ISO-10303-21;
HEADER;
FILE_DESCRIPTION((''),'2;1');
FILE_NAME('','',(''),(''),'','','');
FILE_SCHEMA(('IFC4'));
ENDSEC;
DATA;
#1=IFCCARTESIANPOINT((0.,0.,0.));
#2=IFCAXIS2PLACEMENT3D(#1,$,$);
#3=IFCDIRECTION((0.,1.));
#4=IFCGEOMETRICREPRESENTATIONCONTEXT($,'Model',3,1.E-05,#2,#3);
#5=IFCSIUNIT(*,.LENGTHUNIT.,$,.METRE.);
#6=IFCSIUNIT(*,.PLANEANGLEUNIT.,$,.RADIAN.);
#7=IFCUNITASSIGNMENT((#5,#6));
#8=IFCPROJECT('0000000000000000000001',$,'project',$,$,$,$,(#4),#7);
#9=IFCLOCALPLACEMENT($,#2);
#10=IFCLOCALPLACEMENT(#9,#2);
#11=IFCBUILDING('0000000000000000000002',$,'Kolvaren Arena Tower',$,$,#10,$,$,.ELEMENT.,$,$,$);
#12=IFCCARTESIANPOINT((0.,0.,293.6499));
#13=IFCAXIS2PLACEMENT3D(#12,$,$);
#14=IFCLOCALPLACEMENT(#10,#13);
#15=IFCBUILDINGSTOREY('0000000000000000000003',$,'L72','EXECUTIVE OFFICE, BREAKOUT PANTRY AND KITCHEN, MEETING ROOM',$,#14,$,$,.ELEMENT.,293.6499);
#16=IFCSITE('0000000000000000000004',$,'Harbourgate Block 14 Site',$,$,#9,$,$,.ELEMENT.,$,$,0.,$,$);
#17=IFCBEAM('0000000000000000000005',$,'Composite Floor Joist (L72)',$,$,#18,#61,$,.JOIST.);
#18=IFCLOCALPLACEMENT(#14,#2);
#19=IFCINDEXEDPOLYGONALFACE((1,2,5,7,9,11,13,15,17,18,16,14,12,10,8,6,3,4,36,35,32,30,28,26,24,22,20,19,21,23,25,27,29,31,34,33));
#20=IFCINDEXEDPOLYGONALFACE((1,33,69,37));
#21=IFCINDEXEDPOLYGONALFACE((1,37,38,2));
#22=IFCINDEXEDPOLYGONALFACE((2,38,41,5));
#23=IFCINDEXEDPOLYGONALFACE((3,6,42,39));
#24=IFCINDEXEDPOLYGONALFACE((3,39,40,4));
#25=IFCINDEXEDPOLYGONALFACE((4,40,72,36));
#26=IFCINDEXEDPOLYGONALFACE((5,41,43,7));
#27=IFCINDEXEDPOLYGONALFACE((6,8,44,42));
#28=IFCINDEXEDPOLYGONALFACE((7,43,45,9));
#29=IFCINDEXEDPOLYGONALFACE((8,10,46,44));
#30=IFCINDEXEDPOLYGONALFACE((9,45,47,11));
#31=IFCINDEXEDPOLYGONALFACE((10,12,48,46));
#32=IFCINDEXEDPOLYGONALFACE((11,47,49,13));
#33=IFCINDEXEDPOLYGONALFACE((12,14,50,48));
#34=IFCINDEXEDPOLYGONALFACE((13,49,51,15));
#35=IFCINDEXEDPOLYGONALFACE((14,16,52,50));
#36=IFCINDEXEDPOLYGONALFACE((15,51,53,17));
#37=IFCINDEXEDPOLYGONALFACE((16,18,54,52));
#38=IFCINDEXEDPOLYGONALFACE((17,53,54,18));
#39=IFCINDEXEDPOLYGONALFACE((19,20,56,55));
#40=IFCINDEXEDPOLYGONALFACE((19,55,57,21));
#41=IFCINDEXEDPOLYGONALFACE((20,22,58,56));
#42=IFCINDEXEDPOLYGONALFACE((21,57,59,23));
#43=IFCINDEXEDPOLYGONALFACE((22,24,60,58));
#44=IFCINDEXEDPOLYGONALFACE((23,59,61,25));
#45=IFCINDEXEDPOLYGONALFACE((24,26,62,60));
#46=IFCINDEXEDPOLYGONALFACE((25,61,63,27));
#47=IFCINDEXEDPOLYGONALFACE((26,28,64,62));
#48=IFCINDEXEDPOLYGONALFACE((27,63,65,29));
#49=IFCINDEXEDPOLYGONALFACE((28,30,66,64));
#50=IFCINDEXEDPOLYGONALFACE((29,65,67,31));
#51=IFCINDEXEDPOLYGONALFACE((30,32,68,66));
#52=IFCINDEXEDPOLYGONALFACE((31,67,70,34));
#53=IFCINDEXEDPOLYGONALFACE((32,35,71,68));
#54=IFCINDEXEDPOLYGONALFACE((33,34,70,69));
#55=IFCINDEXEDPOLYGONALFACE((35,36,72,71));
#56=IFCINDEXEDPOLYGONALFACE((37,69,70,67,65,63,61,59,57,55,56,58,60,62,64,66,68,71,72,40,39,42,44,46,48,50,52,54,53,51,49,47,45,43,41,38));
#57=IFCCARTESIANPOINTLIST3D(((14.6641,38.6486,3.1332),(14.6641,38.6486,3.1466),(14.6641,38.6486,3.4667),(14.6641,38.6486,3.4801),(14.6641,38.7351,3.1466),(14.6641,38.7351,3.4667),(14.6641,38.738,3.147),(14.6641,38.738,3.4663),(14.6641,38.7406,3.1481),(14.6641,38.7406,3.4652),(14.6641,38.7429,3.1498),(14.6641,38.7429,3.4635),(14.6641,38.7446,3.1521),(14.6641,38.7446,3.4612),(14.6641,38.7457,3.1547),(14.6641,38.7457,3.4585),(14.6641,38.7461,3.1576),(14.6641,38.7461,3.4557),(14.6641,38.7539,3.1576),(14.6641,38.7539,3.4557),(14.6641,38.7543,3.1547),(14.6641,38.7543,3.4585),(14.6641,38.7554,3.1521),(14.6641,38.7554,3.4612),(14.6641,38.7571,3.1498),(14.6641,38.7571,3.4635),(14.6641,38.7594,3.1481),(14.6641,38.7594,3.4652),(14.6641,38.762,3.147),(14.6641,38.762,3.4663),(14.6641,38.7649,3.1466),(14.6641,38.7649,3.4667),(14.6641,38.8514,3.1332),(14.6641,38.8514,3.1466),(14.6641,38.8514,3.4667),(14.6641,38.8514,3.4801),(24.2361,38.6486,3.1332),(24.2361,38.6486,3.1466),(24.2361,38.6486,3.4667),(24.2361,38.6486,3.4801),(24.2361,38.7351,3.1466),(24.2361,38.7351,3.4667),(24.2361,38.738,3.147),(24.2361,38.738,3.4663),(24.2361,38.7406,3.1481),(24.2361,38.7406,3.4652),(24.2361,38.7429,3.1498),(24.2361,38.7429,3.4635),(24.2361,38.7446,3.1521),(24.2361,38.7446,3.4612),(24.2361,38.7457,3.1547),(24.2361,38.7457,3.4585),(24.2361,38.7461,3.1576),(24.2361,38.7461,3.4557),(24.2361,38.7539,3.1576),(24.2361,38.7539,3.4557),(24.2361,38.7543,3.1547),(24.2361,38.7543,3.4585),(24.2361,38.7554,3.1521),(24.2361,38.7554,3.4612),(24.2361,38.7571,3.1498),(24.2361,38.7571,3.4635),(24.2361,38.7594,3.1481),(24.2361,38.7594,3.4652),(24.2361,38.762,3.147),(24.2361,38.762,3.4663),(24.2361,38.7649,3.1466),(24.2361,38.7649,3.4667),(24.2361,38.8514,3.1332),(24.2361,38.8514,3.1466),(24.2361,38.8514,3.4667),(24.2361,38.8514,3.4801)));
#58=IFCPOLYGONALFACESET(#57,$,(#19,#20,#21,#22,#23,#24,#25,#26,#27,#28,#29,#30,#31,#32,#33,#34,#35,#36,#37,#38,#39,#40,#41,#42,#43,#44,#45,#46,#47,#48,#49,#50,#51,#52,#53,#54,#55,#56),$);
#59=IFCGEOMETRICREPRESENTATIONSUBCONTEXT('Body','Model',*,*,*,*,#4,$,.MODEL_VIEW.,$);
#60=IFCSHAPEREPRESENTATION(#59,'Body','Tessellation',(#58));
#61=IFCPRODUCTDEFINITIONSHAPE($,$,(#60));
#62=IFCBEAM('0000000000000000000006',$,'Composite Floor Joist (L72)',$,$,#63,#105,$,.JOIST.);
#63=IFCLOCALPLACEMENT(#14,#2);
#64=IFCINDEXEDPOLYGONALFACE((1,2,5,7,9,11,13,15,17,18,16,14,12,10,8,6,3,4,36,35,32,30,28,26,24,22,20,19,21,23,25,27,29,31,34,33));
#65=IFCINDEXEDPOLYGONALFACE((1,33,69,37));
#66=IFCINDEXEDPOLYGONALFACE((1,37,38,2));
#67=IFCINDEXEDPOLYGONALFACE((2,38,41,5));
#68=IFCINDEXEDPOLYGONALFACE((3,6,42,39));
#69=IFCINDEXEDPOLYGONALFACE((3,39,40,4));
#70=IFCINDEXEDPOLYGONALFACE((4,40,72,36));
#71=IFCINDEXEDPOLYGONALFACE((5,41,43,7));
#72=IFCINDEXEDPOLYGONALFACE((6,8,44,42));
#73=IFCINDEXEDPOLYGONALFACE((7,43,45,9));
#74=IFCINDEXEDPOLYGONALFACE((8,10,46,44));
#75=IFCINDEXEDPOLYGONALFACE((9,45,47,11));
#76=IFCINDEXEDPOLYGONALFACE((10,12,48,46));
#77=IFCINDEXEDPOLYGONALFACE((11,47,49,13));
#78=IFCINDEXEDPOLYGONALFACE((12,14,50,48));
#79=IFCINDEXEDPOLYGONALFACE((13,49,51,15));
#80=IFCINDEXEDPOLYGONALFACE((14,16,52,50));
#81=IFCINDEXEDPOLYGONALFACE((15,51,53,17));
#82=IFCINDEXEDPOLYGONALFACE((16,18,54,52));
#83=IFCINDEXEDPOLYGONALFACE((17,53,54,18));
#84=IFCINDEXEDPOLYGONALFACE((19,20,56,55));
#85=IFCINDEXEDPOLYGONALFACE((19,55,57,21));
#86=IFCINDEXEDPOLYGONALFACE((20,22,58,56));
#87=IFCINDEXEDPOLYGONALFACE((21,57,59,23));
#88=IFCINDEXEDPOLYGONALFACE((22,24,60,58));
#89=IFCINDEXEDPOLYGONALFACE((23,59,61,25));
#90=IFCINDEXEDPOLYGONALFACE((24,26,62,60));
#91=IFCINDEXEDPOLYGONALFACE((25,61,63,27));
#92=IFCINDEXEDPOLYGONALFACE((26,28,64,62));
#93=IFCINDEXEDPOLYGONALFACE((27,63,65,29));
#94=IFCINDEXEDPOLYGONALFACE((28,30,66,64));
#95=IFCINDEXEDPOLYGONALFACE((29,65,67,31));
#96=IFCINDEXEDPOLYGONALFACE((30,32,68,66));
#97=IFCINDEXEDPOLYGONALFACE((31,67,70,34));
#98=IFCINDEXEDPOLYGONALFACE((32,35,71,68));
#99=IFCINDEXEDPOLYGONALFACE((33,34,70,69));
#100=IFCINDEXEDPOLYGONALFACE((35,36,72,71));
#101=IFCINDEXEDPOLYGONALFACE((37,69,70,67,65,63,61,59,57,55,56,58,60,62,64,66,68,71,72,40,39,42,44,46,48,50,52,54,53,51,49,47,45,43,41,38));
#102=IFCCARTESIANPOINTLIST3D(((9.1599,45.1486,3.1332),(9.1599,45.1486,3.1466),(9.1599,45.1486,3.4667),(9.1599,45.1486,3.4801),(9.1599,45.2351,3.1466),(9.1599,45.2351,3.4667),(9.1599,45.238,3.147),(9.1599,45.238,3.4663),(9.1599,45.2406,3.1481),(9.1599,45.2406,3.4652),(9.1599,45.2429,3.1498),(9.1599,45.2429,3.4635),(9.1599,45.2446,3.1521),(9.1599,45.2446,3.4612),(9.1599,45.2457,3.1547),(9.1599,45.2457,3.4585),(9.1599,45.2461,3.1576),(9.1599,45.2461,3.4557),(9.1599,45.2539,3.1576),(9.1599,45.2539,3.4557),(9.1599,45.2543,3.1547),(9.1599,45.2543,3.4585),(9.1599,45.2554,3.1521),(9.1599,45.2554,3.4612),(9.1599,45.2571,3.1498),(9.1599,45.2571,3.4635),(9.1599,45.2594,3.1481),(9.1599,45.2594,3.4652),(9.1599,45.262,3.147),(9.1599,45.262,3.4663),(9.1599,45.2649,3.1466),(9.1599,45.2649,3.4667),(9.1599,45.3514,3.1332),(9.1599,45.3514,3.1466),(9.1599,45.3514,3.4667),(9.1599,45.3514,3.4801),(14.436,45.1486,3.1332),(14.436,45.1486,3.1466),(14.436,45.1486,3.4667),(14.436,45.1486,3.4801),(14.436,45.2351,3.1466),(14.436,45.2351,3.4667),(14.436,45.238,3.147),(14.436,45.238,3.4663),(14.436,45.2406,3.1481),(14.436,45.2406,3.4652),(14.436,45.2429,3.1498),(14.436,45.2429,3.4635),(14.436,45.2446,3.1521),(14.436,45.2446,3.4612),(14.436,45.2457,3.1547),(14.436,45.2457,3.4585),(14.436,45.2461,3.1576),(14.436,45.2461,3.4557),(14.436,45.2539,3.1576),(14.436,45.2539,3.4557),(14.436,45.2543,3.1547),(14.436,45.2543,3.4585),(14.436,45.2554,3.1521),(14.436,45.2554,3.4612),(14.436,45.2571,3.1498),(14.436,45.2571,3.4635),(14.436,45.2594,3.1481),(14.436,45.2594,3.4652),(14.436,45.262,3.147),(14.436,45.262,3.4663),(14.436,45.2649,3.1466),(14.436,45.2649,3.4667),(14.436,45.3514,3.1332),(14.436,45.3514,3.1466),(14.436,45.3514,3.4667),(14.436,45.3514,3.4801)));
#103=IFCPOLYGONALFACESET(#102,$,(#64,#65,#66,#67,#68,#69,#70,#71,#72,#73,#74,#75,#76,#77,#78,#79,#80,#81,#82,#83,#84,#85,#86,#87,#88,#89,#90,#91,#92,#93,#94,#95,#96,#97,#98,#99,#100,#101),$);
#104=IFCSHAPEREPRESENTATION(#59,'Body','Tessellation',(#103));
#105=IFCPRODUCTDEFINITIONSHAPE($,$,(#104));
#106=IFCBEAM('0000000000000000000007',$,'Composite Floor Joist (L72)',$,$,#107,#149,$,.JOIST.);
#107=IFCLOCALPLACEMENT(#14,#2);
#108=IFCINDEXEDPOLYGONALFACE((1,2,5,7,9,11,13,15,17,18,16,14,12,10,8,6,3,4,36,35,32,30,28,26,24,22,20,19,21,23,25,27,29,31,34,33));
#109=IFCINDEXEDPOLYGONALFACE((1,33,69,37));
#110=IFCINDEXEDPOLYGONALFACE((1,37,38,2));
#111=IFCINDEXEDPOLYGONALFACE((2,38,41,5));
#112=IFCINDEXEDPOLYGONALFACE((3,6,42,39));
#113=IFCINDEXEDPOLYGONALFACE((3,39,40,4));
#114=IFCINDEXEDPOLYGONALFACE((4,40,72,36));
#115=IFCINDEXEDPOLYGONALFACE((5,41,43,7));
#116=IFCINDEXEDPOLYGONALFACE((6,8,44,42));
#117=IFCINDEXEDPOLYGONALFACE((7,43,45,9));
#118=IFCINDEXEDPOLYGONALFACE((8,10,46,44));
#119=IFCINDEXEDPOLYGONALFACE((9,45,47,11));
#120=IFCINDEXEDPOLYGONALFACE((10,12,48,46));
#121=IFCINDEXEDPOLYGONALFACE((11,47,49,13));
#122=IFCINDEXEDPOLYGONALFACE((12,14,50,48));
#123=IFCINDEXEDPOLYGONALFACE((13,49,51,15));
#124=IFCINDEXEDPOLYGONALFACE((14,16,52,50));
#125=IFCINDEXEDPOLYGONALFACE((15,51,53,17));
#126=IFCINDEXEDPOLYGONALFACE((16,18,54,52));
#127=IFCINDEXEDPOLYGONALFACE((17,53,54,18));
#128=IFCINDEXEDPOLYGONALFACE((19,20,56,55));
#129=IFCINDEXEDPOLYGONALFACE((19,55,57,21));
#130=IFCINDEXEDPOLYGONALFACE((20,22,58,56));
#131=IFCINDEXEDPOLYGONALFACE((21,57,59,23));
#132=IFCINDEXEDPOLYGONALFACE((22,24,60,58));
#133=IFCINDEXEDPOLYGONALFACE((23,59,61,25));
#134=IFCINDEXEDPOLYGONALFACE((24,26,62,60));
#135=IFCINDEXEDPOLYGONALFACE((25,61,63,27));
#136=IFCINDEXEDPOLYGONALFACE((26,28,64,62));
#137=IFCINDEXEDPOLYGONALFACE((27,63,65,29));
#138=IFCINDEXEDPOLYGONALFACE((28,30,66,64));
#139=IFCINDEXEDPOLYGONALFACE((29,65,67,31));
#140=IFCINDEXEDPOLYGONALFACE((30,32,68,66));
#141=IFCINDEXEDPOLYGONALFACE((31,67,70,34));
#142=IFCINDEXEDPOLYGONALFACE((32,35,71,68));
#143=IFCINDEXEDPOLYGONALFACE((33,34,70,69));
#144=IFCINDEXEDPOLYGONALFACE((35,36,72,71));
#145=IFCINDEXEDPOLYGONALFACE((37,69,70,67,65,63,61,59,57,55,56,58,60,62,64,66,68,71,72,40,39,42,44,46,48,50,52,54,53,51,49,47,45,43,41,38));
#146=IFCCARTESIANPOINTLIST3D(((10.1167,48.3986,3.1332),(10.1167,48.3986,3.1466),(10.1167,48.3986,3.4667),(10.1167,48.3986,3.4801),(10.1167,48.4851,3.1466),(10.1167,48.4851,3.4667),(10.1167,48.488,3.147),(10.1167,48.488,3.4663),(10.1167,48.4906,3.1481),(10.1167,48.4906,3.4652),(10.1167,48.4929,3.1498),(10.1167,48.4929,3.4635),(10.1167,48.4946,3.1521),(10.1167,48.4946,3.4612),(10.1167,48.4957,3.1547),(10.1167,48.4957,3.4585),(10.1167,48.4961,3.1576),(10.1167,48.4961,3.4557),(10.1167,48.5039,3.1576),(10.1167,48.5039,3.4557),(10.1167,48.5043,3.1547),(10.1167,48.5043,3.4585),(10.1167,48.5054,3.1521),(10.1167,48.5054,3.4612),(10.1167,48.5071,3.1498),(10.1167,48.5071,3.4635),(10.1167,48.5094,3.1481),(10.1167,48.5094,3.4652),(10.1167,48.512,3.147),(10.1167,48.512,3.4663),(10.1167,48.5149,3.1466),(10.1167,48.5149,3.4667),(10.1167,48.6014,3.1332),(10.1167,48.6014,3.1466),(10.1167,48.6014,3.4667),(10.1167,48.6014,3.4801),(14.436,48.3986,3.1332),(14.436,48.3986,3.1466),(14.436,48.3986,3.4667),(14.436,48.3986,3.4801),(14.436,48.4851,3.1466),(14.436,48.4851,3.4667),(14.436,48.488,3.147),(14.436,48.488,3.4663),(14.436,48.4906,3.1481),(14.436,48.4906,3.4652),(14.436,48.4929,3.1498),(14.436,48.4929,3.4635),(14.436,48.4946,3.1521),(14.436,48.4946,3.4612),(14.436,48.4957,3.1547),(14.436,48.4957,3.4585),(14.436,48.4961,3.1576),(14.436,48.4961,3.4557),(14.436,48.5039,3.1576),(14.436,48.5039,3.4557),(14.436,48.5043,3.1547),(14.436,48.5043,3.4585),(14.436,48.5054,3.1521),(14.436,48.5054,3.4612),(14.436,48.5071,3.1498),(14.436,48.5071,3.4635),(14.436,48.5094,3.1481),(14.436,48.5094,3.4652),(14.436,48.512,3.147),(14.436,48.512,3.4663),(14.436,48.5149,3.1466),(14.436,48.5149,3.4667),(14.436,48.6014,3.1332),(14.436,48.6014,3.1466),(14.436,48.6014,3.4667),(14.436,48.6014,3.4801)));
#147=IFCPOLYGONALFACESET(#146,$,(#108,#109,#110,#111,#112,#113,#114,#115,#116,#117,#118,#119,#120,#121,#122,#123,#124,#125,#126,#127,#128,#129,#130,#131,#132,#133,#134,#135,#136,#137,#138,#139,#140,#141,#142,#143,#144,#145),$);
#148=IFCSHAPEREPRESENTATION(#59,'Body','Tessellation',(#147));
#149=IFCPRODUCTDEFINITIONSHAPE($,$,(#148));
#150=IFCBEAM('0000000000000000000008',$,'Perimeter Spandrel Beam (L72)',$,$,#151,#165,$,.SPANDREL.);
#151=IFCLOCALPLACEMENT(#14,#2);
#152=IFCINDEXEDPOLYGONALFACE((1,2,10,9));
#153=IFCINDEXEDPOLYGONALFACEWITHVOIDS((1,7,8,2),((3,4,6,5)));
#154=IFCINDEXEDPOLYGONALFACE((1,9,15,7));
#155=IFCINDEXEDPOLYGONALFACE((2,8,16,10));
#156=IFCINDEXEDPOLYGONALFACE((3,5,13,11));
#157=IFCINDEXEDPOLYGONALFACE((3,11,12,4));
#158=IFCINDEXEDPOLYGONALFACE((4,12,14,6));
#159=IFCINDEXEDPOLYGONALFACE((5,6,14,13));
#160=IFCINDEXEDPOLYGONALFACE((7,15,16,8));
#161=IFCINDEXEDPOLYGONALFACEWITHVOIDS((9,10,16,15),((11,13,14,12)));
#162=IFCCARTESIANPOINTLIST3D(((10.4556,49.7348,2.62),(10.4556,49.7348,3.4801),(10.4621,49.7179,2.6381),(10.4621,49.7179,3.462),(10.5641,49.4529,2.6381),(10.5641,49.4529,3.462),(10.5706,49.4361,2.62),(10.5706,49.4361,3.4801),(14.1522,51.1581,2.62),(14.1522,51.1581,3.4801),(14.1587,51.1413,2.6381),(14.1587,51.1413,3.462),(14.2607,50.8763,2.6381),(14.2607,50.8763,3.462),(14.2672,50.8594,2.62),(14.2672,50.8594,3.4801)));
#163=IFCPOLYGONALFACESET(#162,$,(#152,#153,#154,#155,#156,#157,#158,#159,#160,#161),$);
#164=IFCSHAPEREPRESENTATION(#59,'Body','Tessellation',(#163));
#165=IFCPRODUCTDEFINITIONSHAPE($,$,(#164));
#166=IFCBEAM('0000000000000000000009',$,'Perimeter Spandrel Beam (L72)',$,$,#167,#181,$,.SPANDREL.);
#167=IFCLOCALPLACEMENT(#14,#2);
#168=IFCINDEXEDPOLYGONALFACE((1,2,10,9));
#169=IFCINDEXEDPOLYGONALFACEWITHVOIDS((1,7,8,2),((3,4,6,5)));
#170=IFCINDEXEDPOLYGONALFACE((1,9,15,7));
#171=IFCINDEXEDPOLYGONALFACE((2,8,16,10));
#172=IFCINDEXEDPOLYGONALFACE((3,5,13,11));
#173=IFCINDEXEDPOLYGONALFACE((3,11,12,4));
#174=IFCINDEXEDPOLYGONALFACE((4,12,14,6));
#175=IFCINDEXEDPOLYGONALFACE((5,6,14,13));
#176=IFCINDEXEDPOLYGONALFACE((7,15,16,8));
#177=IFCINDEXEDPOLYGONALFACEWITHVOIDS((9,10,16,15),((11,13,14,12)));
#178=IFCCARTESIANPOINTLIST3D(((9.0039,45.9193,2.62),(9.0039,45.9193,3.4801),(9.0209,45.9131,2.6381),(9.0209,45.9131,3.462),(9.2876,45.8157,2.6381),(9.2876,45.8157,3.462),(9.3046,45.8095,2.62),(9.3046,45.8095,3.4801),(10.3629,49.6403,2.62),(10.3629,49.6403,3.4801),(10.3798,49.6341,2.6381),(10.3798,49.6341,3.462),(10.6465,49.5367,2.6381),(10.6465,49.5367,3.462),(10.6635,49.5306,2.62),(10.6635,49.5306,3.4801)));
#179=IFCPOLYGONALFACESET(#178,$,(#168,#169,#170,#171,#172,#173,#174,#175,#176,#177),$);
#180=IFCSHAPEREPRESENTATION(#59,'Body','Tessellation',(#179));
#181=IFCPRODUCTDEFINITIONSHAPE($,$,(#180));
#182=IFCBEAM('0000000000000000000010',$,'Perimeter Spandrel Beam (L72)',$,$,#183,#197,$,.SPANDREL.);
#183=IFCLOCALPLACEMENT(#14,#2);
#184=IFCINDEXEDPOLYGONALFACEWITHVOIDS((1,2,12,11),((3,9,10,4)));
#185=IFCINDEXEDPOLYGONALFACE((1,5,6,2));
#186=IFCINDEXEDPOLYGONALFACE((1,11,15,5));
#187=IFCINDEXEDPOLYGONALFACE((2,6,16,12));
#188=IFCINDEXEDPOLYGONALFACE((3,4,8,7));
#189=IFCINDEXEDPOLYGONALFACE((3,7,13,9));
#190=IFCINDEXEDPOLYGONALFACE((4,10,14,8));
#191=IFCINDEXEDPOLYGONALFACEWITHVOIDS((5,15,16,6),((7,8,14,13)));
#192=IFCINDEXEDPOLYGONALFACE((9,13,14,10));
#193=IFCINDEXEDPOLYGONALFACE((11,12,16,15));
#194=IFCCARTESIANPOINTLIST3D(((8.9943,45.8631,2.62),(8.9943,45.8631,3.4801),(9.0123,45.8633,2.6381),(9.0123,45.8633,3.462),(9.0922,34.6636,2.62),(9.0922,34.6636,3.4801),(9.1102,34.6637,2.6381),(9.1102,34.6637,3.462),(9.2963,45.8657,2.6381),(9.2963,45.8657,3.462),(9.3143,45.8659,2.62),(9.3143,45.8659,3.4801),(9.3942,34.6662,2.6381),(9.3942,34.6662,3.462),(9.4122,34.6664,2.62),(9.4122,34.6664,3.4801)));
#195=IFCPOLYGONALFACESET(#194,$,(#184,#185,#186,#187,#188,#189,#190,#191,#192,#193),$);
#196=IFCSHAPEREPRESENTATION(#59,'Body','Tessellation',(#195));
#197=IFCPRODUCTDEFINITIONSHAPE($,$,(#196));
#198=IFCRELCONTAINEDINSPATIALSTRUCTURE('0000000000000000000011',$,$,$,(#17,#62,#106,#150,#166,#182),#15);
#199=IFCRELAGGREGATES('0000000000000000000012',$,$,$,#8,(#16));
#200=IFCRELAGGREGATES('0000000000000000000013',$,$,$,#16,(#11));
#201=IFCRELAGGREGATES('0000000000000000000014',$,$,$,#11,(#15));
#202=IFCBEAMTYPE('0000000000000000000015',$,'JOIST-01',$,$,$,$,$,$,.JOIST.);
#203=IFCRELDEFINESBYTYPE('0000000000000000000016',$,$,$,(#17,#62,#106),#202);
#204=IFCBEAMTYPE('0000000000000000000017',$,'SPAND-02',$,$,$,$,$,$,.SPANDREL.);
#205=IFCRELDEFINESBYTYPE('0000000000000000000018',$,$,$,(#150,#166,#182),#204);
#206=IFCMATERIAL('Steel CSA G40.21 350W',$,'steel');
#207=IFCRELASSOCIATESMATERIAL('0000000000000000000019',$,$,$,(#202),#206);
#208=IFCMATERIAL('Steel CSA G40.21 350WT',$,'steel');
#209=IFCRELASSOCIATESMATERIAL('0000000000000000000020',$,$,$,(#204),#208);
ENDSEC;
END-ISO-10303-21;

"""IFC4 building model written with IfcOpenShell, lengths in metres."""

from ifc_helpers import new_model, si_unit, direction, frame, origin, origin_2d, place, context, subcontext, project, spatial, hollow_rectangle, i_section, extrude, material, material_profile, profile_set, type_object, element, save


model = new_model("IFC4")

# Units and contexts
model_context = context("Model", 3, precision=1e-05, world=origin(), true_north=direction((0.0, 1.0)))
body_context = subcontext(model_context, "Body", "Model", "MODEL_VIEW")
ifc_project = project(units=[si_unit("LENGTHUNIT", "METRE"), si_unit("PLANEANGLEUNIT", "RADIAN")], contexts=[model_context])

# Site, building, storey
site_placement = place(None, origin())
site = spatial("IfcSite", under=ifc_project, at=site_placement, Name="Harbourgate Block 14 Site", CompositionType="ELEMENT", RefElevation=0.0)
building_placement = place(site_placement, origin())
building = spatial("IfcBuilding", under=site, at=building_placement, Name="Kolvaren Arena Tower", CompositionType="ELEMENT")
storey_placement = place(building_placement, frame((0.0, 0.0, 293.6499)))
storey = spatial("IfcBuildingStorey", under=building, at=storey_placement, Name="L72", Description="EXECUTIVE OFFICE, BREAKOUT PANTRY AND KITCHEN, MEETING ROOM", CompositionType="ELEMENT", Elevation=293.6499)

# Beams
ifc_material_1 = material(Name="Steel CSA G40.21 350W", Category="steel")
ifc_material_profile_1 = material_profile(ifc_material_1, i_section(OverallWidth=0.2029, OverallDepth=0.3469, WebThickness=0.0078, FlangeThickness=0.0134, FilletRadius=0.011, at=origin_2d()), Name="W360x64")
ifc_profile_set_1 = profile_set([ifc_material_profile_1], Name="Steel CSA G40.21 350W")
beam_type_1 = type_object("IfcBeamType", Name="JOIST-01", PredefinedType="JOIST", material=ifc_profile_set_1)
for number, where, z_axis, x_axis, name in (
    (1, (14.6641, 38.75, 3.3066), (1.0, 0.0, 0.0), (0.0, 1.0, 0.0), "Composite Floor Joist (L72)"),
):
    element("IfcBeam", number, at=place(storey_placement, frame(where, z_axis=z_axis, x_axis=x_axis)), inside=storey, type_object=beam_type_1, Name=name, PredefinedType="JOIST", context=body_context, shape_type="SweptSolid", body=[
        extrude(i_section(OverallWidth=0.2029, OverallDepth=0.3469, WebThickness=0.0078, FlangeThickness=0.0134, FilletRadius=0.011, at=origin_2d()), origin(), (0.0, 0.0, 1.0), 9.572),
    ])
beam_1_placement = place(storey_placement, frame((9.1599, 45.25, 3.3066), z_axis=(1.0, 0.0, 0.0), x_axis=(0.0, 1.0, 0.0)))
element("IfcBeam", 2, at=beam_1_placement, inside=storey, type_object=beam_type_1, Name="Composite Floor Joist (L72)", PredefinedType="JOIST", context=body_context, shape_type="SweptSolid", body=[
    extrude(i_section(OverallWidth=0.2029, OverallDepth=0.3469, WebThickness=0.0078, FlangeThickness=0.0134, FilletRadius=0.011, at=origin_2d()), origin(), (0.0, 0.0, 1.0), 5.2761),
])
beam_2_placement = place(storey_placement, frame((10.1167, 48.5, 3.3066), z_axis=(1.0, 0.0, 0.0), x_axis=(0.0, 1.0, 0.0)))
element("IfcBeam", 3, at=beam_2_placement, inside=storey, type_object=beam_type_1, Name="Composite Floor Joist (L72)", PredefinedType="JOIST", context=body_context, shape_type="SweptSolid", body=[
    extrude(i_section(OverallWidth=0.2029, OverallDepth=0.3469, WebThickness=0.0078, FlangeThickness=0.0134, FilletRadius=0.011, at=origin_2d()), origin(), (0.0, 0.0, 1.0), 4.3193),
])
ifc_material_2 = material(Name="Steel CSA G40.21 350WT", Category="steel")
ifc_material_profile_2 = material_profile(ifc_material_2, hollow_rectangle(XDim=0.3201, YDim=0.8601, WallThickness=0.0181, at=origin_2d()), Name="HSS 860x320x18")
ifc_profile_set_2 = profile_set([ifc_material_profile_2], Name="Steel CSA G40.21 350WT")
beam_type_2 = type_object("IfcBeamType", Name="SPAND-02", PredefinedType="SPANDREL", material=ifc_profile_set_2)
beam_3_placement = place(storey_placement, frame((14.2097, 51.0088, 3.05), z_axis=(-0.933211, -0.35933, 0.0), x_axis=(0.35933, -0.933211, 0.0)))
element("IfcBeam", 4, at=beam_3_placement, inside=storey, type_object=beam_type_2, Name="Perimeter Spandrel Beam (L72)", PredefinedType="SPANDREL", context=body_context, shape_type="SweptSolid", body=[
    extrude(hollow_rectangle(XDim=0.3201, YDim=0.8601, WallThickness=0.0181, at=origin_2d()), origin(), (0.0, 0.0, 1.0), 3.9612),
])
beam_4_placement = place(storey_placement, frame((10.5132, 49.5854, 3.05), z_axis=(-0.343039, -0.939321, 0.0), x_axis=(0.939321, -0.343039, 0.0)))
element("IfcBeam", 5, at=beam_4_placement, inside=storey, type_object=beam_type_2, Name="Perimeter Spandrel Beam (L72)", PredefinedType="SPANDREL", context=body_context, shape_type="SweptSolid", body=[
    extrude(hollow_rectangle(XDim=0.3201, YDim=0.8601, WallThickness=0.0181, at=origin_2d()), origin(), (0.0, 0.0, 1.0), 3.9614),
])
beam_5_placement = place(storey_placement, frame((9.1543, 45.8645, 3.05), z_axis=(0.008741, -0.999962, 0.0), x_axis=(0.999962, 0.008741, 0.0)))
element("IfcBeam", 6, at=beam_5_placement, inside=storey, type_object=beam_type_2, Name="Perimeter Spandrel Beam (L72)", PredefinedType="SPANDREL", context=body_context, shape_type="SweptSolid", body=[
    extrude(hollow_rectangle(XDim=0.3201, YDim=0.8601, WallThickness=0.0181, at=origin_2d()), origin(), (0.0, 0.0, 1.0), 11.2),
])

save(model, "model.ifc")
